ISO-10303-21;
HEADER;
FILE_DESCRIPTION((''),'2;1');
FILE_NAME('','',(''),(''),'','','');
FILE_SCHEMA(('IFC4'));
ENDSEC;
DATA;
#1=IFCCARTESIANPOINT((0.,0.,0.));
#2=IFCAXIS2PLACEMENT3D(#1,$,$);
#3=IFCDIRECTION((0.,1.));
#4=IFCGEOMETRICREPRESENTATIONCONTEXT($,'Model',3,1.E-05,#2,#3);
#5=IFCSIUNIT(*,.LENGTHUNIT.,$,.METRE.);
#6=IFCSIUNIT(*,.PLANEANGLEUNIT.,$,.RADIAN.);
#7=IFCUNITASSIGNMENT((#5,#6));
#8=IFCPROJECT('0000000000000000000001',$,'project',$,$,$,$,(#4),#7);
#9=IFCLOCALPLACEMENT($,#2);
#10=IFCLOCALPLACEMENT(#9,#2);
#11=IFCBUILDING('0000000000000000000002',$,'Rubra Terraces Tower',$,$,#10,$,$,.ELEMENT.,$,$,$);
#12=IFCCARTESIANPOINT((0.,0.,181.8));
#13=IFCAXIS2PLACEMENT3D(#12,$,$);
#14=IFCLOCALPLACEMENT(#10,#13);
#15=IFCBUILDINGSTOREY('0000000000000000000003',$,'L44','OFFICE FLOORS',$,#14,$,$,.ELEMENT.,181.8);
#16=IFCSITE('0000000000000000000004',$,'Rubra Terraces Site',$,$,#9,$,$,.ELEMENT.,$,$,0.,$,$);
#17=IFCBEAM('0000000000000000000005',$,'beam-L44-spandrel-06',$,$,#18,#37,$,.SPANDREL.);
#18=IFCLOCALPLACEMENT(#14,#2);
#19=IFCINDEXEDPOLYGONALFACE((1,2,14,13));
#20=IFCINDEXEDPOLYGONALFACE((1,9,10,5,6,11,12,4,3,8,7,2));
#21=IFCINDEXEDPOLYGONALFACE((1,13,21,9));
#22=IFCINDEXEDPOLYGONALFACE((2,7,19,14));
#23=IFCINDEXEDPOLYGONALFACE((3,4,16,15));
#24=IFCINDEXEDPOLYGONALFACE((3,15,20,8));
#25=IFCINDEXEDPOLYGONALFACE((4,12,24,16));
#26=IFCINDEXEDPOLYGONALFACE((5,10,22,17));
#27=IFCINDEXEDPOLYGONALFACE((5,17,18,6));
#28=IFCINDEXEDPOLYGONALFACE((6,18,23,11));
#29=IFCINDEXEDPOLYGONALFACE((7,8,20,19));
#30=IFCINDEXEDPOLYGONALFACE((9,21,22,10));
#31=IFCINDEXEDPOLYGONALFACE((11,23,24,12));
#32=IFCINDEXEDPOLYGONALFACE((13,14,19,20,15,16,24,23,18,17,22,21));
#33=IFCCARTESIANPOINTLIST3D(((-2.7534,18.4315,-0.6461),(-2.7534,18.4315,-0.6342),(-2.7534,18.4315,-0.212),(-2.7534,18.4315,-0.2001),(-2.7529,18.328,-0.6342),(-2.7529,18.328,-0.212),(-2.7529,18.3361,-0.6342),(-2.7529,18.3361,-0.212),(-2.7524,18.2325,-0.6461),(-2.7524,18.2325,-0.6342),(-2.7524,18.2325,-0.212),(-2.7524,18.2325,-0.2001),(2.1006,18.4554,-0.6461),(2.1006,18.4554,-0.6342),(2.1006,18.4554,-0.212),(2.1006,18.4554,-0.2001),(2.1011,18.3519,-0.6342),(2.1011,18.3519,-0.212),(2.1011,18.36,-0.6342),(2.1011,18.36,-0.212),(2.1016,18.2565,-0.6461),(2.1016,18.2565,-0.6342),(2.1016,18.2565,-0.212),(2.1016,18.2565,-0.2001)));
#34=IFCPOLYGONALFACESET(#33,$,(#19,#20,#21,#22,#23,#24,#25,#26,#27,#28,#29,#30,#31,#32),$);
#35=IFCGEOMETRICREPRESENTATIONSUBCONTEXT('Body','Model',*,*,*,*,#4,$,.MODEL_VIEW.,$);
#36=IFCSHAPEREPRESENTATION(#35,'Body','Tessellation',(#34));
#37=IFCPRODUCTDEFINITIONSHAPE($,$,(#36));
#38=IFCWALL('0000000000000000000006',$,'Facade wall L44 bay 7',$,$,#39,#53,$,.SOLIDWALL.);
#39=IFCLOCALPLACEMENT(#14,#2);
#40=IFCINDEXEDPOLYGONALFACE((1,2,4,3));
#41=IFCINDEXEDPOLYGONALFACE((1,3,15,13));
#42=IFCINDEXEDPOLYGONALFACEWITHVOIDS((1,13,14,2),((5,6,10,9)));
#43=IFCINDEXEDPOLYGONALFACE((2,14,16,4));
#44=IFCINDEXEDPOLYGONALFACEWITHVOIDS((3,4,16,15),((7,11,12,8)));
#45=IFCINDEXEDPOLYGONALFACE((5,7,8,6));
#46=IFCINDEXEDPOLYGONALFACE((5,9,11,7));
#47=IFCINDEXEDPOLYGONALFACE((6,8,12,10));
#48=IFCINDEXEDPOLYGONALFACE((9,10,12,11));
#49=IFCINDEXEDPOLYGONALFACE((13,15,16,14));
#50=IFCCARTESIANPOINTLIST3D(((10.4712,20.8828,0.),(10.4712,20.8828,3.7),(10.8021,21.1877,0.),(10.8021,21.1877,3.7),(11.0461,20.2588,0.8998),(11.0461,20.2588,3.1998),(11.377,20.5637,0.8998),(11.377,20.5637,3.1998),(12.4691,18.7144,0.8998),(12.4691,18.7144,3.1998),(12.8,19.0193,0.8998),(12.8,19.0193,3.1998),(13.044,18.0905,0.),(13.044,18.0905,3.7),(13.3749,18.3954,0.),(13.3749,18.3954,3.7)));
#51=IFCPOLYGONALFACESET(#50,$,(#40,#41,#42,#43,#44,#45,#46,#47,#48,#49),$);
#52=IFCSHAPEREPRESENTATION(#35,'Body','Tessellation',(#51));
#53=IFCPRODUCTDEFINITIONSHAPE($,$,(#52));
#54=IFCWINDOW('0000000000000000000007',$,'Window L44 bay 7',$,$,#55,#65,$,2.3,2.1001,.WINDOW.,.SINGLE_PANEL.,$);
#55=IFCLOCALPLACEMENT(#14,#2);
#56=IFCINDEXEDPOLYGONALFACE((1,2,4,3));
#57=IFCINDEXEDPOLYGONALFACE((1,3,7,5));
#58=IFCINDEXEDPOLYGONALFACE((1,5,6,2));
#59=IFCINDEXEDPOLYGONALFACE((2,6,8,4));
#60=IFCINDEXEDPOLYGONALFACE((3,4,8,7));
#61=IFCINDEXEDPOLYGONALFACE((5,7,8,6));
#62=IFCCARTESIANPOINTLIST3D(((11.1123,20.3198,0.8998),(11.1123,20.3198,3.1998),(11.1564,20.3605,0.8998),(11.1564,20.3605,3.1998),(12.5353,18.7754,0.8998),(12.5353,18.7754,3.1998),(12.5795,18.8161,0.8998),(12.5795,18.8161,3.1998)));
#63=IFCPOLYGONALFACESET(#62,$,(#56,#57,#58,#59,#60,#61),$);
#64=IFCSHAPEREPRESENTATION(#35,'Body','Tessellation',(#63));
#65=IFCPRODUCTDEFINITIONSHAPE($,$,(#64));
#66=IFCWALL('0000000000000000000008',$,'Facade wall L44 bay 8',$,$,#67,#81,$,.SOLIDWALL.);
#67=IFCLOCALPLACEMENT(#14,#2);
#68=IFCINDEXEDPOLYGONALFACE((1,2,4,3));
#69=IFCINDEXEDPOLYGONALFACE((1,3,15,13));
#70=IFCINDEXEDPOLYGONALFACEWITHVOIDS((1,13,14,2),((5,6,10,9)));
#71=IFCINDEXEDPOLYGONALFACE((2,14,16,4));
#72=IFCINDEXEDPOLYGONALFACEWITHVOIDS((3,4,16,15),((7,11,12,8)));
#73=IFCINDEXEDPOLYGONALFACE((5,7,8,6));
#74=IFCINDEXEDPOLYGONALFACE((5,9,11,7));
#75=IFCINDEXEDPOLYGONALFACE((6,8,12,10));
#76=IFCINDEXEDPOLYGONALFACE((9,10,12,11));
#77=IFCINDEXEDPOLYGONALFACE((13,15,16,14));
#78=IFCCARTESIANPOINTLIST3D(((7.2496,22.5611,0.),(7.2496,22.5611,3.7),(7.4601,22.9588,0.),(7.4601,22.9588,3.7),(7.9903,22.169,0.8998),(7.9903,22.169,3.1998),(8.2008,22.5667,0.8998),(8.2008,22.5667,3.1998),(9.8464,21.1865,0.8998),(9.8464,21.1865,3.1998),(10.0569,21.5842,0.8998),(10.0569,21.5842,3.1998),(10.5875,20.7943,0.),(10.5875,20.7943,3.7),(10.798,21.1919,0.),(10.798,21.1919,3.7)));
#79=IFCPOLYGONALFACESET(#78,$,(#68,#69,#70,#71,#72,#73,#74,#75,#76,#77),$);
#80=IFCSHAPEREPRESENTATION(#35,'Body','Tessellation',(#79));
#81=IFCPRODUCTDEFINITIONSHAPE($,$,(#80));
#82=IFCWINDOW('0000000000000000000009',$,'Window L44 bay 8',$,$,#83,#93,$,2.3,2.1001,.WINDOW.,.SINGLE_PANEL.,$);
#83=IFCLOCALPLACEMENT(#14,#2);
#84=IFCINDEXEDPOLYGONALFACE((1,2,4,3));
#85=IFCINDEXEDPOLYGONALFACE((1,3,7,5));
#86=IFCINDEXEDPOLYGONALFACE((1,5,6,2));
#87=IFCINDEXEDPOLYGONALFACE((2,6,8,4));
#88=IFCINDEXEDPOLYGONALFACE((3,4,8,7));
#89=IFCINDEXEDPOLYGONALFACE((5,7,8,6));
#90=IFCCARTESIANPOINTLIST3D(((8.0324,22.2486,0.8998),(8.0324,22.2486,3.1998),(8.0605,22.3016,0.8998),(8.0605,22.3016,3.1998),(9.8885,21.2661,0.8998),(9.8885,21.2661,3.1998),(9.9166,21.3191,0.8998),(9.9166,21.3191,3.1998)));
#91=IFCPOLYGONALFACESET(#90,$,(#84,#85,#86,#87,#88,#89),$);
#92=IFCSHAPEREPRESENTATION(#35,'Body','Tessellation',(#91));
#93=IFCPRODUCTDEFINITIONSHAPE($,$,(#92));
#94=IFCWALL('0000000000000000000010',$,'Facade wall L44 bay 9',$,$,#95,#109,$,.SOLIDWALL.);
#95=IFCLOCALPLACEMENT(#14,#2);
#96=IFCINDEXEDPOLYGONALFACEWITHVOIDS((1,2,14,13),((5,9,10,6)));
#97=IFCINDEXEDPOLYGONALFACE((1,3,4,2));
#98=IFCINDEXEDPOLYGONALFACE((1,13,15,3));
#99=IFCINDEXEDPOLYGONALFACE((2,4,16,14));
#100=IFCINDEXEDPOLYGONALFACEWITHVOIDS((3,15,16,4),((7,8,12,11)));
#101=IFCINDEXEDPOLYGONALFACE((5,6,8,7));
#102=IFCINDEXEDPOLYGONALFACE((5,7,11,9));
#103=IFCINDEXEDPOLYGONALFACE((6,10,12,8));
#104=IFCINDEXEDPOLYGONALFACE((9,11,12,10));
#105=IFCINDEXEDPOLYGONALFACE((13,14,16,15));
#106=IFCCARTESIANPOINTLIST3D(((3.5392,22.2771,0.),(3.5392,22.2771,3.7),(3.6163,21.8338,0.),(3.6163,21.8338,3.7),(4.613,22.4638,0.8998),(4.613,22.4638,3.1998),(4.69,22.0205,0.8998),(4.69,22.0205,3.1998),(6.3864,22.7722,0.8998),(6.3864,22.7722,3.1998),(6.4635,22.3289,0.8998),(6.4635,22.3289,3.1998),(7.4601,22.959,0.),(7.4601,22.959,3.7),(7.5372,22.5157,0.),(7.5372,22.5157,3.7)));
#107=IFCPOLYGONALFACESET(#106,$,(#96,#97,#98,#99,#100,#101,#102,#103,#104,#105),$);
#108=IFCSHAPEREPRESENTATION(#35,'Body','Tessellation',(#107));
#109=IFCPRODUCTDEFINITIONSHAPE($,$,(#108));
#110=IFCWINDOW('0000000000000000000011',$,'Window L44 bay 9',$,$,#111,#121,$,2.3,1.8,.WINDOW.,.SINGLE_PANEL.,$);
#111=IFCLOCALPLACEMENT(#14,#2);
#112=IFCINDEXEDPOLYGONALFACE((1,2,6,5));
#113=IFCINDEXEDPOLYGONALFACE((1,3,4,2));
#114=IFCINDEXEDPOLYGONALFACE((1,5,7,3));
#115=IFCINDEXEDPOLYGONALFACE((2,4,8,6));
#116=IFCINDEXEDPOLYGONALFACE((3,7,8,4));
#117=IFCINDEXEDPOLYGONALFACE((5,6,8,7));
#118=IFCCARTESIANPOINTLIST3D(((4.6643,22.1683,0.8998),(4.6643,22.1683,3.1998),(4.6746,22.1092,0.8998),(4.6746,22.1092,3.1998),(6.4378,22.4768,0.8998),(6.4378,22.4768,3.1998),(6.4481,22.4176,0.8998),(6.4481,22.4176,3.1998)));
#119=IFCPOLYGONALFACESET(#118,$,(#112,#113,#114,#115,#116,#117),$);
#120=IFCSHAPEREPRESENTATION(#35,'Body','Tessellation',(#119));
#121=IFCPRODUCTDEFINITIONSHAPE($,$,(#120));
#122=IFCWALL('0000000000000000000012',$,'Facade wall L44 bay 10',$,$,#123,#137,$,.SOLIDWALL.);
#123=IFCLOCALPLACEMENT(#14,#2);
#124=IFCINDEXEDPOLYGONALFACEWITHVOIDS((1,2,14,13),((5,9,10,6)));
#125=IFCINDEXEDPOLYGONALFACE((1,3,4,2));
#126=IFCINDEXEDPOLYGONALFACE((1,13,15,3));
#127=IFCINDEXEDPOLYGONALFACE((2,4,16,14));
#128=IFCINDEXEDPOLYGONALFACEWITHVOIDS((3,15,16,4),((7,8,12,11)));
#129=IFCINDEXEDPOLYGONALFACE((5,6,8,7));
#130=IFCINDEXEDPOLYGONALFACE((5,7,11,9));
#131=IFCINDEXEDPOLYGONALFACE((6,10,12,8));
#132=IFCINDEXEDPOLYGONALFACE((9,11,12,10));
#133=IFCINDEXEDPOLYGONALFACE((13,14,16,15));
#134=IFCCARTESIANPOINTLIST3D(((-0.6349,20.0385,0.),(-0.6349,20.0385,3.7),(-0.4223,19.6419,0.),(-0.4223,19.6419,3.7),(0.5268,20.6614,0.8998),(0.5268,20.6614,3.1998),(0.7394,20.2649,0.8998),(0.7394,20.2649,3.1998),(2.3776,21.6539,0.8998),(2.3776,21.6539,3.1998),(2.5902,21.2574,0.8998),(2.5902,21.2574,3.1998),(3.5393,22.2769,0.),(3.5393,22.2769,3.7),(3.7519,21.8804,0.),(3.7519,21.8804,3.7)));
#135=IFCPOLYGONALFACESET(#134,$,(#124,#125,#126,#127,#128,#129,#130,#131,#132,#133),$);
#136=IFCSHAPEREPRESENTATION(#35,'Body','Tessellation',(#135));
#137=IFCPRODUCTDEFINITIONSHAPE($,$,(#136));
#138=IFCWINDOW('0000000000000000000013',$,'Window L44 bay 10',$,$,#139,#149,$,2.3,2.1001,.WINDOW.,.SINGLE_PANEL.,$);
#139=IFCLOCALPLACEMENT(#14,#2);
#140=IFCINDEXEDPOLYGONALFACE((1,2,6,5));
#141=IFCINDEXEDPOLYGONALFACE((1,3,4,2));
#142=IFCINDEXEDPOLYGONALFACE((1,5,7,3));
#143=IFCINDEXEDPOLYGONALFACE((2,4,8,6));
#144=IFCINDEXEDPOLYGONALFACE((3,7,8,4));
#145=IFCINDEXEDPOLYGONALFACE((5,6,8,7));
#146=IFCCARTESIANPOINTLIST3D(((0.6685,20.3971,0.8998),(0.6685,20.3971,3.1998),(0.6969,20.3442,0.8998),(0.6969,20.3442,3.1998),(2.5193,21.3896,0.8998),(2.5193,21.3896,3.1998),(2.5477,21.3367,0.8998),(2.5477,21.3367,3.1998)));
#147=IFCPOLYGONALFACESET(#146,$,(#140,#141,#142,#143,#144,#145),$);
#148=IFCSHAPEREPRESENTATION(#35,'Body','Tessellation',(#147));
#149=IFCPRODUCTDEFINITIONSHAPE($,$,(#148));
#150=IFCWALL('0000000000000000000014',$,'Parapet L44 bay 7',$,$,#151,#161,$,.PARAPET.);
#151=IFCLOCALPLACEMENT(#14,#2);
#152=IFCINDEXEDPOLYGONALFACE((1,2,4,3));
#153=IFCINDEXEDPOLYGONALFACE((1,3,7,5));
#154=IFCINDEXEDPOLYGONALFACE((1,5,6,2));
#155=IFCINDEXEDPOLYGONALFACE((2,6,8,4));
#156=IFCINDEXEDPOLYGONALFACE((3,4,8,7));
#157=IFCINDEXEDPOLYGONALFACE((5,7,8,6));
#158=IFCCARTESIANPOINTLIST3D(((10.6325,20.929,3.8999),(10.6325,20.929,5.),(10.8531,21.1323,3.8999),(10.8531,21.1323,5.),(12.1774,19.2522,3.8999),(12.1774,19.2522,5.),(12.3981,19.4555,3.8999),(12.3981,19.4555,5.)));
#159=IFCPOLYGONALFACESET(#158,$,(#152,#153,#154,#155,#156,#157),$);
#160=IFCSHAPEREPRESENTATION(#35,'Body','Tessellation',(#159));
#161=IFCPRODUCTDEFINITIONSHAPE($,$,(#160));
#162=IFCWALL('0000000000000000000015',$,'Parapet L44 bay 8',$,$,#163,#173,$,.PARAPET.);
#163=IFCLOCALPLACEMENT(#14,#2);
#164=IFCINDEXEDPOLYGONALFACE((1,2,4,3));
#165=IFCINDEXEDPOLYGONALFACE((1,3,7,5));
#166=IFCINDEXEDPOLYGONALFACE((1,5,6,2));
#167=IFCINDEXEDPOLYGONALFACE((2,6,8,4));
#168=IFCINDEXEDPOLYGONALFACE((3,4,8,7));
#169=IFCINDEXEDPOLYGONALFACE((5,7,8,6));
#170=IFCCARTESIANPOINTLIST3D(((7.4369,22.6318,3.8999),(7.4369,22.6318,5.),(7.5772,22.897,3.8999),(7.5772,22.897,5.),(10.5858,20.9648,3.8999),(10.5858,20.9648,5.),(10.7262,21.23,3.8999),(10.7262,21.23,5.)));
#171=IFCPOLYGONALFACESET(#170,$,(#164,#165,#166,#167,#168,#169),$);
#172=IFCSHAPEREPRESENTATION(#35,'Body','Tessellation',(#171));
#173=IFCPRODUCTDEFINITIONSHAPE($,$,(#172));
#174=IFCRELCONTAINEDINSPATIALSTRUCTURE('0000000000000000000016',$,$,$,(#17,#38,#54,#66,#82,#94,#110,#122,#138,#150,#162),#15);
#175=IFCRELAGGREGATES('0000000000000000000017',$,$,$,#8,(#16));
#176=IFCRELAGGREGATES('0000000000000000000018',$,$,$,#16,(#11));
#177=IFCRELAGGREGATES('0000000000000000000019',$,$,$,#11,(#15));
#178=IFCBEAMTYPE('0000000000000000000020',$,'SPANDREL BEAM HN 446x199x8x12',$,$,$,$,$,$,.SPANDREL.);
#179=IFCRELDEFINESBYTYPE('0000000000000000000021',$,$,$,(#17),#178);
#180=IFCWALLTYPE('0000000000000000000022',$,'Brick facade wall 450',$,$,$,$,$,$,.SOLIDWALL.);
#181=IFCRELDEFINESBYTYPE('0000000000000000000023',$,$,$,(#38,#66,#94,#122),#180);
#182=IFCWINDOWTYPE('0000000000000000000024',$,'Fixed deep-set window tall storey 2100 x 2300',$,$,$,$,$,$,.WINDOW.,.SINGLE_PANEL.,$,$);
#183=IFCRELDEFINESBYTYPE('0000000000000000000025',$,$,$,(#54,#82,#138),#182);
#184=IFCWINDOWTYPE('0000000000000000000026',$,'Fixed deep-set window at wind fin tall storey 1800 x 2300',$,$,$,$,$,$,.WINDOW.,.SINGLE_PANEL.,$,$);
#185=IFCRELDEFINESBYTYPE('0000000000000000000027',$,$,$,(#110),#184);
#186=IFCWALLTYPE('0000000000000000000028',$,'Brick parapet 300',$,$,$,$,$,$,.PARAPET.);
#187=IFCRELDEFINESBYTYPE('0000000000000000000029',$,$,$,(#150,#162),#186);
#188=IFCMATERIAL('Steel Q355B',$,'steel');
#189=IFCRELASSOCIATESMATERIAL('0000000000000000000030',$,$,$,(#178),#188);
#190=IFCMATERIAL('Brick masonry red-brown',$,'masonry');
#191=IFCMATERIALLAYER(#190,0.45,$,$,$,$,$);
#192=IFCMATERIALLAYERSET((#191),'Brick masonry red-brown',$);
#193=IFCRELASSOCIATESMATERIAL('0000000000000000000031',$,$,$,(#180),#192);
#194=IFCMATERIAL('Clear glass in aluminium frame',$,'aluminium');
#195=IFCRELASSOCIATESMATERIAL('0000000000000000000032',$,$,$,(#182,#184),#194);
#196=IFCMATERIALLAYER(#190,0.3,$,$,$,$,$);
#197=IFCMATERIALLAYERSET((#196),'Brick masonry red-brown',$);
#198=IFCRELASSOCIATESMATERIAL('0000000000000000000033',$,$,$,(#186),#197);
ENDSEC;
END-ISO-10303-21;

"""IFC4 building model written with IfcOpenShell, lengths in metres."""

from ifc_helpers import new_model, si_unit, direction, frame, frame_2d, origin, origin_2d, place, context, subcontext, project, spatial, rectangle, i_section, extrude, material, layer, layer_set, material_profile, profile_set, type_object, element, fill, save


model = new_model("IFC4")

# Units and contexts
model_context = context("Model", 3, precision=1e-05, world=origin(), true_north=direction((0.0, 1.0)))
body_context = subcontext(model_context, "Body", "Model", "MODEL_VIEW")
ifc_project = project(units=[si_unit("LENGTHUNIT", "METRE"), si_unit("PLANEANGLEUNIT", "RADIAN")], contexts=[model_context])

# Site, building, storey
site_placement = place(None, origin())
site = spatial("IfcSite", under=ifc_project, at=site_placement, Name="Rubra Terraces Site", CompositionType="ELEMENT", RefElevation=0.0)
building_placement = place(site_placement, origin())
building = spatial("IfcBuilding", under=site, at=building_placement, Name="Rubra Terraces Tower", CompositionType="ELEMENT")
storey_placement = place(building_placement, frame((0.0, 0.0, 181.8)))
storey = spatial("IfcBuildingStorey", under=building, at=storey_placement, Name="L44", Description="OFFICE FLOORS", CompositionType="ELEMENT", Elevation=181.8)

# Beam
ifc_material_1 = material(Name="Steel Q355B", Category="steel")
ifc_material_profile_1 = material_profile(ifc_material_1, i_section(OverallWidth=0.199, OverallDepth=0.446, WebThickness=0.0081, FlangeThickness=0.012, at=origin_2d()), Name="HN 446x199x8x12")
ifc_profile_set_1 = profile_set([ifc_material_profile_1], Name="Steel Q355B")
beam_type_1 = type_object("IfcBeamType", Name="SPANDREL BEAM HN 446x199x8x12", PredefinedType="SPANDREL", material=ifc_profile_set_1)
beam_1_placement = place(storey_placement, frame((2.1011, 18.356, -0.4231), z_axis=(-0.999988, -0.004929, 0.0), x_axis=(0.004929, -0.999988, 0.0)))
element("IfcBeam", 1, at=beam_1_placement, inside=storey, type_object=beam_type_1, Name="beam-L44-spandrel-06", PredefinedType="SPANDREL", context=body_context, shape_type="SweptSolid", body=[
    extrude(i_section(OverallWidth=0.199, OverallDepth=0.446, WebThickness=0.0081, FlangeThickness=0.012, at=origin_2d()), origin(), (0.0, 0.0, 1.0), 4.854),
])

# Walls, openings, windows
ifc_material_2 = material(Name="Brick masonry red-brown", Category="masonry")
ifc_layer_1 = layer(ifc_material_2, 0.45)
ifc_layer_set_1 = layer_set([ifc_layer_1], Name="Brick masonry red-brown")
wall_type_1 = type_object("IfcWallType", Name="Brick facade wall 450", PredefinedType="SOLIDWALL", material=ifc_layer_set_1)
wall_1_placement = place(storey_placement, frame((13.2095, 18.2429, 0.0), z_axis=(0.0, 0.0, 1.0), x_axis=(-0.677612, 0.735419, 0.0)))
wall_1 = element("IfcWall", 2, at=wall_1_placement, inside=storey, type_object=wall_type_1, Name="Facade wall L44 bay 7", PredefinedType="SOLIDWALL", context=body_context, shape_type="SweptSolid", body=[
    extrude(rectangle(XDim=3.7969, YDim=0.45, at=frame_2d((1.8984, 0.0))), origin(), (0.0, 0.0, 1.0), 3.7),
])
opening_1_placement = place(wall_1_placement, frame((0.8484, 0.0, 0.8999)))
opening_1 = element("IfcOpeningElement", 3, at=opening_1_placement, cuts=wall_1, PredefinedType="OPENING", context=body_context, shape_type="SweptSolid", body=[
    extrude(rectangle(XDim=2.1001, YDim=2.3, at=frame_2d((1.05, 1.1499))), frame((0.0, 0.2349, 0.0), z_axis=(0.0, -1.0, 0.0), x_axis=(1.0, 0.0, 0.0)), (0.0, 0.0, 1.0), 0.47),
])
ifc_material_3 = material(Name="Clear glass in aluminium frame", Category="aluminium")
window_type_1 = type_object("IfcWindowType", Name="Fixed deep-set window tall storey 2100 x 2300", PartitioningType="SINGLE_PANEL", PredefinedType="WINDOW", material=ifc_material_3)
window_1_placement = place(opening_1_placement, origin())
window_1 = element("IfcWindow", 4, at=window_1_placement, inside=storey, type_object=window_type_1, Name="Window L44 bay 7", OverallHeight=2.3, OverallWidth=2.1001, PartitioningType="SINGLE_PANEL", PredefinedType="WINDOW", context=body_context, shape_type="SweptSolid", body=[
    extrude(rectangle(XDim=2.1001, YDim=2.3, at=frame_2d((1.05, 1.1499))), frame((0.0, 0.135, 0.0), z_axis=(0.0, -1.0, 0.0), x_axis=(1.0, 0.0, 0.0)), (0.0, 0.0, 1.0), 0.0601),
])
fill(opening_1, window_1)
wall_2_placement = place(storey_placement, frame((10.6926, 20.9932, 0.0), z_axis=(0.0, 0.0, 1.0), x_axis=(-0.883818, 0.467831, 0.0)))
wall_2 = element("IfcWall", 5, at=wall_2_placement, inside=storey, type_object=wall_type_1, Name="Facade wall L44 bay 8", PredefinedType="SOLIDWALL", context=body_context, shape_type="SweptSolid", body=[
    extrude(rectangle(XDim=3.7766, YDim=0.45, at=frame_2d((1.8882, 0.0))), origin(), (0.0, 0.0, 1.0), 3.7),
])
opening_2_placement = place(wall_2_placement, frame((0.8384, 0.0, 0.8999)))
opening_2 = element("IfcOpeningElement", 6, at=opening_2_placement, cuts=wall_2, PredefinedType="OPENING", context=body_context, shape_type="SweptSolid", body=[
    extrude(rectangle(XDim=2.1001, YDim=2.3, at=frame_2d((1.05, 1.1499))), frame((0.0, 0.2349, 0.0), z_axis=(0.0, -1.0, 0.0), x_axis=(1.0, 0.0, 0.0)), (0.0, 0.0, 1.0), 0.47),
])
window_2_placement = place(opening_2_placement, origin())
window_2 = element("IfcWindow", 7, at=window_2_placement, inside=storey, type_object=window_type_1, Name="Window L44 bay 8", OverallHeight=2.3, OverallWidth=2.1001, PartitioningType="SINGLE_PANEL", PredefinedType="WINDOW", context=body_context, shape_type="SweptSolid", body=[
    extrude(rectangle(XDim=2.1001, YDim=2.3, at=frame_2d((1.05, 1.1499))), frame((0.0, 0.135, 0.0), z_axis=(0.0, -1.0, 0.0), x_axis=(1.0, 0.0, 0.0)), (0.0, 0.0, 1.0), 0.0601),
])
fill(opening_2, window_2)
wall_3_placement = place(storey_placement, frame((7.4985, 22.7373, 0.0), z_axis=(0.0, 0.0, 1.0), x_axis=(-0.985212, -0.171339, 0.0)))
wall_3 = element("IfcWall", 8, at=wall_3_placement, inside=storey, type_object=wall_type_1, Name="Facade wall L44 bay 9", PredefinedType="SOLIDWALL", context=body_context, shape_type="SweptSolid", body=[
    extrude(rectangle(XDim=3.9797, YDim=0.45, at=frame_2d((1.9897, 0.0))), origin(), (0.0, 0.0, 1.0), 3.7),
])
opening_3_placement = place(wall_3_placement, frame((1.0898, 0.0, 0.8999)))
opening_3 = element("IfcOpeningElement", 9, at=opening_3_placement, cuts=wall_3, PredefinedType="OPENING", context=body_context, shape_type="SweptSolid", body=[
    extrude(rectangle(XDim=1.8, YDim=2.3, at=frame_2d((0.8999, 1.1499))), frame((0.0, 0.2349, 0.0), z_axis=(0.0, -1.0, 0.0), x_axis=(1.0, 0.0, 0.0)), (0.0, 0.0, 1.0), 0.47),
])
window_type_2 = type_object("IfcWindowType", Name="Fixed deep-set window at wind fin tall storey 1800 x 2300", PartitioningType="SINGLE_PANEL", PredefinedType="WINDOW", material=ifc_material_3)
window_3_placement = place(opening_3_placement, origin())
window_3 = element("IfcWindow", 10, at=window_3_placement, inside=storey, type_object=window_type_2, Name="Window L44 bay 9", OverallHeight=2.3, OverallWidth=1.8, PartitioningType="SINGLE_PANEL", PredefinedType="WINDOW", context=body_context, shape_type="SweptSolid", body=[
    extrude(rectangle(XDim=1.8, YDim=2.3, at=frame_2d((0.8999, 1.1499))), frame((0.0, 0.135, 0.0), z_axis=(0.0, -1.0, 0.0), x_axis=(1.0, 0.0, 0.0)), (0.0, 0.0, 1.0), 0.0601),
])
fill(opening_3, window_3)
wall_4_placement = place(storey_placement, frame((3.6455, 22.0786, 0.0), z_axis=(0.0, 0.0, 1.0), x_axis=(-0.881279, -0.472596, 0.0)))
wall_4 = element("IfcWall", 11, at=wall_4_placement, inside=storey, type_object=wall_type_1, Name="Facade wall L44 bay 10", PredefinedType="SOLIDWALL", context=body_context, shape_type="SweptSolid", body=[
    extrude(rectangle(XDim=4.7366, YDim=0.45, at=frame_2d((2.3682, 0.0))), origin(), (0.0, 0.0, 1.0), 3.7),
])
opening_4_placement = place(wall_4_placement, frame((1.3181, 0.0, 0.8999)))
opening_4 = element("IfcOpeningElement", 12, at=opening_4_placement, cuts=wall_4, PredefinedType="OPENING", context=body_context, shape_type="SweptSolid", body=[
    extrude(rectangle(XDim=2.1001, YDim=2.3, at=frame_2d((1.05, 1.1499))), frame((0.0, 0.2349, 0.0), z_axis=(0.0, -1.0, 0.0), x_axis=(1.0, 0.0, 0.0)), (0.0, 0.0, 1.0), 0.47),
])
window_4_placement = place(opening_4_placement, origin())
window_4 = element("IfcWindow", 13, at=window_4_placement, inside=storey, type_object=window_type_1, Name="Window L44 bay 10", OverallHeight=2.3, OverallWidth=2.1001, PartitioningType="SINGLE_PANEL", PredefinedType="WINDOW", context=body_context, shape_type="SweptSolid", body=[
    extrude(rectangle(XDim=2.1001, YDim=2.3, at=frame_2d((1.05, 1.1499))), frame((0.0, 0.135, 0.0), z_axis=(0.0, -1.0, 0.0), x_axis=(1.0, 0.0, 0.0)), (0.0, 0.0, 1.0), 0.0601),
])
fill(opening_4, window_4)

# Walls
ifc_layer_2 = layer(ifc_material_2, 0.3)
ifc_layer_set_2 = layer_set([ifc_layer_2], Name="Brick masonry red-brown")
wall_type_2 = type_object("IfcWallType", Name="Brick parapet 300", PredefinedType="PARAPET", material=ifc_layer_set_2)
wall_5_placement = place(storey_placement, frame((12.2878, 19.3538, 3.8999), z_axis=(0.0, 0.0, 1.0), x_axis=(-0.677604, 0.735427, 0.0)))
element("IfcWall", 14, at=wall_5_placement, inside=storey, type_object=wall_type_2, Name="Parapet L44 bay 7", PredefinedType="PARAPET", context=body_context, shape_type="SweptSolid", body=[
    extrude(rectangle(XDim=2.28, YDim=0.3, at=frame_2d((1.1401, 0.0))), origin(), (0.0, 0.0, 1.0), 1.1001),
])
wall_6_placement = place(storey_placement, frame((10.656, 21.0974, 3.8999), z_axis=(0.0, 0.0, 1.0), x_axis=(-0.883798, 0.467869, 0.0)))
element("IfcWall", 15, at=wall_6_placement, inside=storey, type_object=wall_type_2, Name="Parapet L44 bay 8", PredefinedType="PARAPET", context=body_context, shape_type="SweptSolid", body=[
    extrude(rectangle(XDim=3.563, YDim=0.3, at=frame_2d((1.7815, 0.0))), origin(), (0.0, 0.0, 1.0), 1.1001),
])

save(model, "model.ifc")
